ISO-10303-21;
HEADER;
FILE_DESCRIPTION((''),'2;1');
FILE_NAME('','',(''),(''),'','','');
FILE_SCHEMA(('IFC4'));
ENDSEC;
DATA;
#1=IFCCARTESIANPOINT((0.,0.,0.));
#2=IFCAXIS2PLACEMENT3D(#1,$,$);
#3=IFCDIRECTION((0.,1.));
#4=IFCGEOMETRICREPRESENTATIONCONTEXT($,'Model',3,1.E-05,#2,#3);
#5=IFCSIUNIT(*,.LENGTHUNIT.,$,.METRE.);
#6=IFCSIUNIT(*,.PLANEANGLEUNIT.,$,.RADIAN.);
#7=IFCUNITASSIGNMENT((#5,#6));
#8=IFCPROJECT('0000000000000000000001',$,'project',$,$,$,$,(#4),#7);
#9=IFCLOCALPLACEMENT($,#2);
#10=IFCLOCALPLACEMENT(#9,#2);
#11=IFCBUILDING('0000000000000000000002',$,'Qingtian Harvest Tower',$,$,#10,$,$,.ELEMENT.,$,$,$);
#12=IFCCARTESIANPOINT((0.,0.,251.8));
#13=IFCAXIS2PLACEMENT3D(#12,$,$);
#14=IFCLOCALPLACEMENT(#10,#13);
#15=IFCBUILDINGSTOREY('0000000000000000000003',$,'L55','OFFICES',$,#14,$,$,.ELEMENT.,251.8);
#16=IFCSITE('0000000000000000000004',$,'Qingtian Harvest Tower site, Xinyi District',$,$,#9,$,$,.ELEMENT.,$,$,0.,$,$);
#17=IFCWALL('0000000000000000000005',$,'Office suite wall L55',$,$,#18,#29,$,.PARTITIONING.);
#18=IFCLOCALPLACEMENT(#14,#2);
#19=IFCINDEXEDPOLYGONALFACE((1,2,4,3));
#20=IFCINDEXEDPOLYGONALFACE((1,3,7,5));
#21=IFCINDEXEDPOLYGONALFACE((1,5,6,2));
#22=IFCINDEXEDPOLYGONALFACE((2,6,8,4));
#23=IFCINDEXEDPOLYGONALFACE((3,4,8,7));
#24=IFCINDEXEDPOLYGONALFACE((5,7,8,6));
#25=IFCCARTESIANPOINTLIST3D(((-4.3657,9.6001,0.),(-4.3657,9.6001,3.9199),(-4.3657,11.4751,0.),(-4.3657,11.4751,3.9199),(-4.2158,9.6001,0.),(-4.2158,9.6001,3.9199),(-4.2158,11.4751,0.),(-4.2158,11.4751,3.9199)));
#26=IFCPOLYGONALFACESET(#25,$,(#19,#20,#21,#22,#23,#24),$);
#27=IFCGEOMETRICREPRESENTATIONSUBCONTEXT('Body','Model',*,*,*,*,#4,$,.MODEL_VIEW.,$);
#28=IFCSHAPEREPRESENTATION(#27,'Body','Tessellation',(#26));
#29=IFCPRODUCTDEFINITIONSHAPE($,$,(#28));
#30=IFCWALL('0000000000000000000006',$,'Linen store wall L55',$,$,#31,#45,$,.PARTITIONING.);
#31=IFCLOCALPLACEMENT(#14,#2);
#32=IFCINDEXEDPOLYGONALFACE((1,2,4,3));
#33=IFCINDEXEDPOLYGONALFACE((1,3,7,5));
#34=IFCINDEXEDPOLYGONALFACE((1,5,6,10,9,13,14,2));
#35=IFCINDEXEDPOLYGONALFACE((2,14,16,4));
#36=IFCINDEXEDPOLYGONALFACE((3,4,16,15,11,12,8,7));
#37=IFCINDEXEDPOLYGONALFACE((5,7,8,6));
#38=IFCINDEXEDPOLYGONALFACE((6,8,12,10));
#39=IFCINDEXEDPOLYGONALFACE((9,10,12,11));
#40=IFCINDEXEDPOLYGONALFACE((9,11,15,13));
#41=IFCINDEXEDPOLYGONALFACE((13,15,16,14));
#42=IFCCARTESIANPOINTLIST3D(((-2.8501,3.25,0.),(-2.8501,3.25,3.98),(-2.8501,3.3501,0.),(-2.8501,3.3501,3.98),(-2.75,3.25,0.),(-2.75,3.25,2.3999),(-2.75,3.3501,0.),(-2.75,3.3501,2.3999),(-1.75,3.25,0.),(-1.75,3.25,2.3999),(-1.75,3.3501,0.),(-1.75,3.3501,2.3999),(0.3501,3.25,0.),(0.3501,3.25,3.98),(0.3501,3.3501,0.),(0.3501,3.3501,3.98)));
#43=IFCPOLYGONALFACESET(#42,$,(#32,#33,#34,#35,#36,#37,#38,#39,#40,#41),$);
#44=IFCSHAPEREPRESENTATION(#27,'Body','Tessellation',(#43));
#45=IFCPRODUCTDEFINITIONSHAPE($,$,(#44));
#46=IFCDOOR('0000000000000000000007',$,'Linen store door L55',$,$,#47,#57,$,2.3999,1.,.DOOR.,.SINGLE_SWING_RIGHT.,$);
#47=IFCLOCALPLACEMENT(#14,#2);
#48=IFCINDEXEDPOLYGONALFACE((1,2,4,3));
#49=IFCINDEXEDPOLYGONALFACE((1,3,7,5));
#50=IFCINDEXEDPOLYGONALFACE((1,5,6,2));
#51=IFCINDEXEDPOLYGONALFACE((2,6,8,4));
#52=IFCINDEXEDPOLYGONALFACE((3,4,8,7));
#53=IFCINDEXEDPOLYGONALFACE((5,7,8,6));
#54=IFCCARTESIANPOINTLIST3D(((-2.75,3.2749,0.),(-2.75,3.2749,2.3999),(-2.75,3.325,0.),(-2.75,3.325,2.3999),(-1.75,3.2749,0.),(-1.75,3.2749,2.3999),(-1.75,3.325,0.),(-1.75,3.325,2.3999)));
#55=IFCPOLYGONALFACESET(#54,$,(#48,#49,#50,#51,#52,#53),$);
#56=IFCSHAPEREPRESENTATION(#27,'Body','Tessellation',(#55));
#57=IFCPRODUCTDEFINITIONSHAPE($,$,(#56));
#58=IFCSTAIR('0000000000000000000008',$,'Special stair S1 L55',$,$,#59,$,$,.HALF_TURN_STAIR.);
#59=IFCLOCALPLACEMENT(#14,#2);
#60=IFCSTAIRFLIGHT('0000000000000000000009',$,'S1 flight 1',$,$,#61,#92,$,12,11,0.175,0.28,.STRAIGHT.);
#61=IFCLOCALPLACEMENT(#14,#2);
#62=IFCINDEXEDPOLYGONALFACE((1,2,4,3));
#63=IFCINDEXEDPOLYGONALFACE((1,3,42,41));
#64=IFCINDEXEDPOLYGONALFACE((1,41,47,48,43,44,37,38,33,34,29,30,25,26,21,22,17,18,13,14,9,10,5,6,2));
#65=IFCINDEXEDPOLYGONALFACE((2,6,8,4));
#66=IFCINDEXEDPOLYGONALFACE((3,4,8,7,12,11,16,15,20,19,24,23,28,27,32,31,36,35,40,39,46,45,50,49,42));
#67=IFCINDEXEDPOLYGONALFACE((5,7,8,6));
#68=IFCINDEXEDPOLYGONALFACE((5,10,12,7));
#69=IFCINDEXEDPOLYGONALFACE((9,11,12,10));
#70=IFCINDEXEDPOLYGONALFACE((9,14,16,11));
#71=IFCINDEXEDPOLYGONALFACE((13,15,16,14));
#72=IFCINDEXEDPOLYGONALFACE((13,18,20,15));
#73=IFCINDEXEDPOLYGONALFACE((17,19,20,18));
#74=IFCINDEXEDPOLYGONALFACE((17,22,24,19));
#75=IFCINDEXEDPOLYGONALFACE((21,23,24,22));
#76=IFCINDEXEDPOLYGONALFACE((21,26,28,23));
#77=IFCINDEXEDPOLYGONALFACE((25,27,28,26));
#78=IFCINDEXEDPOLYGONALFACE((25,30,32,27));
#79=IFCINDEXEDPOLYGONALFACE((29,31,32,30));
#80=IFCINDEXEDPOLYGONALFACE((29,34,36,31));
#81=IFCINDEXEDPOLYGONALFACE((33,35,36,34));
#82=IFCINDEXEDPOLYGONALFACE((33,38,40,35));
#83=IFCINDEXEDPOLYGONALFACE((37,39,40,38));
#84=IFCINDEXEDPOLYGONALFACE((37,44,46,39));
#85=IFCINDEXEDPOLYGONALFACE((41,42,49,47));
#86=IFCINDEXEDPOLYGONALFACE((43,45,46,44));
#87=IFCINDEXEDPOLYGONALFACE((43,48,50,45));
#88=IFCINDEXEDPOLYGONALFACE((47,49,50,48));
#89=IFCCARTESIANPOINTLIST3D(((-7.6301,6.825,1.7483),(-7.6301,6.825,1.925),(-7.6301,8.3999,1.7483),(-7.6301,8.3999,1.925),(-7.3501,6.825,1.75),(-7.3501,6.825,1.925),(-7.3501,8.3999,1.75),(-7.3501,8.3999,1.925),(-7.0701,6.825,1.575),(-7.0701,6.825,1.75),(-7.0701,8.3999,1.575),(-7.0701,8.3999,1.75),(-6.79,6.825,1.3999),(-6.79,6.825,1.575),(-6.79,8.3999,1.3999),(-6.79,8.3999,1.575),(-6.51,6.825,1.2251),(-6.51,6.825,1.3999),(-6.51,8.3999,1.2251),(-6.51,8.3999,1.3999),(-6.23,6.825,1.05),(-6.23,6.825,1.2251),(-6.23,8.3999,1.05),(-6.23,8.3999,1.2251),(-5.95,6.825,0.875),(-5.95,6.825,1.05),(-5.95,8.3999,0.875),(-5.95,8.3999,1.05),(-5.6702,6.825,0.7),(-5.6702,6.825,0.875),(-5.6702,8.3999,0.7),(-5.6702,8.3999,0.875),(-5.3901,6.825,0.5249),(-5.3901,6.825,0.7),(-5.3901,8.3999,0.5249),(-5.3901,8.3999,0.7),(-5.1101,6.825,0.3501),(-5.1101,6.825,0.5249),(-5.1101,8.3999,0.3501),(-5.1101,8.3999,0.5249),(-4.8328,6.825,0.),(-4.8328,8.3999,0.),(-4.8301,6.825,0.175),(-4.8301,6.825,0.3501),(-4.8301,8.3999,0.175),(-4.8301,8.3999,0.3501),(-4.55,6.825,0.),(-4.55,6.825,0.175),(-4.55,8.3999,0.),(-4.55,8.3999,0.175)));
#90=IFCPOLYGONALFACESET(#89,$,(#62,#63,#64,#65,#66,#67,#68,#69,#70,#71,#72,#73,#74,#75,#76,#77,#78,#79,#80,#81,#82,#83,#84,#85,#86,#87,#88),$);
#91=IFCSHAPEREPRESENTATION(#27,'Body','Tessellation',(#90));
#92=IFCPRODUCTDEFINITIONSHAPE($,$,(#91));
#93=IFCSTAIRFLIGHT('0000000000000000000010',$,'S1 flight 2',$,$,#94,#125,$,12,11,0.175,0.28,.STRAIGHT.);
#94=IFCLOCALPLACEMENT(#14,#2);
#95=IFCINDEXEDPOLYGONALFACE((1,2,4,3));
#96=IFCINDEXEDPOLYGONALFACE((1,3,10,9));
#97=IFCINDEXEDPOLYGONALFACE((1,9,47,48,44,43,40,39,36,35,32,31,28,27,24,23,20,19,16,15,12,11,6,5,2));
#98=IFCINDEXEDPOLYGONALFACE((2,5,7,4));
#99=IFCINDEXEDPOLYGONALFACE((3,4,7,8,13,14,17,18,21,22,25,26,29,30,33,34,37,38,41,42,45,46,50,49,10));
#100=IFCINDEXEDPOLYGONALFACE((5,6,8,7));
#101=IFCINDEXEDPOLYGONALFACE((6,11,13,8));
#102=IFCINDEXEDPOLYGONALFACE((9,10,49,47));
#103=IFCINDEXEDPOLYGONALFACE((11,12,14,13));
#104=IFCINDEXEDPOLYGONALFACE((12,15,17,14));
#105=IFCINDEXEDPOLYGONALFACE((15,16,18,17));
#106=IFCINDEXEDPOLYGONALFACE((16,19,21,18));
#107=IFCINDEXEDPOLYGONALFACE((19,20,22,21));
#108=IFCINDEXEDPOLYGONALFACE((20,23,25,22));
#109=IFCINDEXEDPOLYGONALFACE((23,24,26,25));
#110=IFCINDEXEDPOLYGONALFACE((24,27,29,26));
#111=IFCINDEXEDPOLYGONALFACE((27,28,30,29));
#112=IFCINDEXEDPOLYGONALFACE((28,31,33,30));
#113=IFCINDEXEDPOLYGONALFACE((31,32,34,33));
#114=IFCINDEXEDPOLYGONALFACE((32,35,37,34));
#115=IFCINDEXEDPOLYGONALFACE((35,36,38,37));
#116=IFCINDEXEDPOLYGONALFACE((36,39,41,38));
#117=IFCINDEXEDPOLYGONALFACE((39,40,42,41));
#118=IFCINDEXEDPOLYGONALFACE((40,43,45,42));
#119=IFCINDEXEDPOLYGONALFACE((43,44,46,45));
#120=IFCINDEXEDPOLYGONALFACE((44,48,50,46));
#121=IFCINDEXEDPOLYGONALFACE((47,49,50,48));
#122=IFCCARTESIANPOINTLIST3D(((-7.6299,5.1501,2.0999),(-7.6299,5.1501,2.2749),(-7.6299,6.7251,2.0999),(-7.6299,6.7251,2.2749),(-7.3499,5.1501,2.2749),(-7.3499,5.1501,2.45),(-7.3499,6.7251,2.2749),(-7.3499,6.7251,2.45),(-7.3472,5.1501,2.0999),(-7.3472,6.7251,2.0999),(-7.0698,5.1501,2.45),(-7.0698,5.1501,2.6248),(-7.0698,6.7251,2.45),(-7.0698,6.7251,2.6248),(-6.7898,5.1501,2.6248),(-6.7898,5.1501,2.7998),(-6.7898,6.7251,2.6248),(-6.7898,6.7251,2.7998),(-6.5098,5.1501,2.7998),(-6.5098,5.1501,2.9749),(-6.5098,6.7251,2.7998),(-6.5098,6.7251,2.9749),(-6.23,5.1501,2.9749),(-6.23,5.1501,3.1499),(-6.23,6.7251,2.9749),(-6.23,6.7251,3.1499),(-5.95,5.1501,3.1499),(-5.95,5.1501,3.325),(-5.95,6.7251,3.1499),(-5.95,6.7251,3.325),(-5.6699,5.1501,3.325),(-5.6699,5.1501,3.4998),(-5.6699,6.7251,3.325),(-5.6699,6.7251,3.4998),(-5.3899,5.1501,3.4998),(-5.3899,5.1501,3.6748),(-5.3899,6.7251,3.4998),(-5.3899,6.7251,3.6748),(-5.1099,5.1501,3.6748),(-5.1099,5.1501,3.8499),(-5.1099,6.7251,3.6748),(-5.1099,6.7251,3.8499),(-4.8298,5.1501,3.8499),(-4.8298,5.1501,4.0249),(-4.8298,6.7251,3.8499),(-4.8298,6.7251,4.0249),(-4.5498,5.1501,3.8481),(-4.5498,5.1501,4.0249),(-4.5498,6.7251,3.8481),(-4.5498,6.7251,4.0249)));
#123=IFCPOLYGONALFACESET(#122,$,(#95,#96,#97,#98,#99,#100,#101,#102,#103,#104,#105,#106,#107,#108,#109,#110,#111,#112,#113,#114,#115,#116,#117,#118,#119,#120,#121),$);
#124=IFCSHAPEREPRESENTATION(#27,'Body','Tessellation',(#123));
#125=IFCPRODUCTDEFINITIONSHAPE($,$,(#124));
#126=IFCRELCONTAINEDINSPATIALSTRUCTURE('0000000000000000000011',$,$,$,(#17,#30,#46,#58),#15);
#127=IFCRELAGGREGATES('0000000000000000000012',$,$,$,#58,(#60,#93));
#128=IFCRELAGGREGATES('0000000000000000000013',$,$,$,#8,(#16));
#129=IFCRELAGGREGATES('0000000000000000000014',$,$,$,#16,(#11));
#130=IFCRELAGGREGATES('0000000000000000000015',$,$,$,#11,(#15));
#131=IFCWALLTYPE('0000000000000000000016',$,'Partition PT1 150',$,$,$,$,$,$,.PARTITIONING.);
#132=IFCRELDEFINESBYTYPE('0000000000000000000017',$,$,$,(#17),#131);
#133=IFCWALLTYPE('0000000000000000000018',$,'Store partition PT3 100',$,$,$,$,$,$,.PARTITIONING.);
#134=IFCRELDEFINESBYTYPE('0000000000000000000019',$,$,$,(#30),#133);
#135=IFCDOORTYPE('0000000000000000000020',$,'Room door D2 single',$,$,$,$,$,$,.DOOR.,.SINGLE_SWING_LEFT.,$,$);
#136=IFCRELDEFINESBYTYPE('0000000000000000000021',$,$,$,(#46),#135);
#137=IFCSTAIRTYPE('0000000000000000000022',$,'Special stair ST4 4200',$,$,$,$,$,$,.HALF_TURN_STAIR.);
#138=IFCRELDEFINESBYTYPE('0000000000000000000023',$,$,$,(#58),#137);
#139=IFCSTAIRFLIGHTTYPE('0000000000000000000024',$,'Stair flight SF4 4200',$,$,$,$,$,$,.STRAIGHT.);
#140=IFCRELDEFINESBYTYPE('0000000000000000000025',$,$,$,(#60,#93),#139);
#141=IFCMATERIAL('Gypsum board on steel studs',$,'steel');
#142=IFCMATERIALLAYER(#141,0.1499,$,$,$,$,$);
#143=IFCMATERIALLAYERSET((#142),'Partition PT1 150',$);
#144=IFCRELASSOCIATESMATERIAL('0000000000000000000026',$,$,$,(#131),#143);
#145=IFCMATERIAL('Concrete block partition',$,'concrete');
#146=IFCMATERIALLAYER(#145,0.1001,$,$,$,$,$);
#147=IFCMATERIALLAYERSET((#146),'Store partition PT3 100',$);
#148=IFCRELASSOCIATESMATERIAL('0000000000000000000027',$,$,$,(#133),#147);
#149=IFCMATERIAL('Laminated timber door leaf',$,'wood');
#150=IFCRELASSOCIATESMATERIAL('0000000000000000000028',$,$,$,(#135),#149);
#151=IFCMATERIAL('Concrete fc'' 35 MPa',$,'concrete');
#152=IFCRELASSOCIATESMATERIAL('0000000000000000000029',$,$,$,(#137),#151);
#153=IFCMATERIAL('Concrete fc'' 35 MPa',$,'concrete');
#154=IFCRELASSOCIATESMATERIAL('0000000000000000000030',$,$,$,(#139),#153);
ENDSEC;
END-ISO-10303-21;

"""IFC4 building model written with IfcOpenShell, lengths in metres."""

from ifc_helpers import new_model, si_unit, direction, frame, frame_2d, origin, place, context, subcontext, project, spatial, polyline, rectangle, outline, extrude, material, layer, layer_set, type_object, element, fill, aggregate, save


model = new_model("IFC4")

# Units and contexts
model_context = context("Model", 3, precision=1e-05, world=origin(), true_north=direction((0.0, 1.0)))
body_context = subcontext(model_context, "Body", "Model", "MODEL_VIEW")
ifc_project = project(units=[si_unit("LENGTHUNIT", "METRE"), si_unit("PLANEANGLEUNIT", "RADIAN")], contexts=[model_context])

# Site, building, storey
site_placement = place(None, origin())
site = spatial("IfcSite", under=ifc_project, at=site_placement, Name="Qingtian Harvest Tower site, Xinyi District", CompositionType="ELEMENT", RefElevation=0.0)
building_placement = place(site_placement, origin())
building = spatial("IfcBuilding", under=site, at=building_placement, Name="Qingtian Harvest Tower", CompositionType="ELEMENT")
storey_placement = place(building_placement, frame((0.0, 0.0, 251.8)))
storey = spatial("IfcBuildingStorey", under=building, at=storey_placement, Name="L55", Description="OFFICES", CompositionType="ELEMENT", Elevation=251.8)

# Wall
ifc_material_1 = material(Name="Gypsum board on steel studs", Category="steel")
ifc_layer_1 = layer(ifc_material_1, 0.1499)
ifc_layer_set_1 = layer_set([ifc_layer_1], Name="Partition PT1 150")
wall_type_1 = type_object("IfcWallType", Name="Partition PT1 150", PredefinedType="PARTITIONING", material=ifc_layer_set_1)
wall_1_placement = place(storey_placement, frame((-4.2908, 9.6001, 0.0), z_axis=(0.0, 0.0, 1.0), x_axis=(0.0, 1.0, 0.0)))
element("IfcWall", 1, at=wall_1_placement, inside=storey, type_object=wall_type_1, Name="Office suite wall L55", PredefinedType="PARTITIONING", context=body_context, shape_type="SweptSolid", body=[
    extrude(rectangle(XDim=1.875, YDim=0.1499, at=frame_2d((0.9375, 0.0))), origin(), (0.0, 0.0, 1.0), 3.9199),
])

# Wall, opening, door
ifc_material_2 = material(Name="Concrete block partition", Category="concrete")
ifc_layer_2 = layer(ifc_material_2, 0.1001)
ifc_layer_set_2 = layer_set([ifc_layer_2], Name="Store partition PT3 100")
wall_type_2 = type_object("IfcWallType", Name="Store partition PT3 100", PredefinedType="PARTITIONING", material=ifc_layer_set_2)
wall_2_placement = place(storey_placement, frame((-2.8501, 3.3, 0.0), z_axis=(0.0, 0.0, 1.0), x_axis=(1.0, 0.0, 0.0)))
wall_2 = element("IfcWall", 2, at=wall_2_placement, inside=storey, type_object=wall_type_2, Name="Linen store wall L55", PredefinedType="PARTITIONING", context=body_context, shape_type="SweptSolid", body=[
    extrude(rectangle(XDim=3.2002, YDim=0.1001, at=frame_2d((1.6001, 0.0))), origin(), (0.0, 0.0, 1.0), 3.98),
])
opening_1_placement = place(wall_2_placement, frame((0.1001, 0.0, 0.0)))
opening_1 = element("IfcOpeningElement", 3, at=opening_1_placement, cuts=wall_2, PredefinedType="OPENING", context=body_context, shape_type="SweptSolid", body=[
    extrude(rectangle(XDim=1.0, YDim=2.3999, at=frame_2d((0.5, 1.2))), frame((0.0, 0.0601, 0.0), z_axis=(0.0, -1.0, 0.0), x_axis=(1.0, 0.0, 0.0)), (0.0, 0.0, 1.0), 0.1201),
])
ifc_material_3 = material(Name="Laminated timber door leaf", Category="wood")
door_type_1 = type_object("IfcDoorType", Name="Room door D2 single", OperationType="SINGLE_SWING_LEFT", PredefinedType="DOOR", material=ifc_material_3)
door_1_placement = place(opening_1_placement, origin())
door_1 = element("IfcDoor", 4, at=door_1_placement, inside=storey, type_object=door_type_1, Name="Linen store door L55", OperationType="SINGLE_SWING_RIGHT", OverallHeight=2.3999, OverallWidth=1.0, PredefinedType="DOOR", context=body_context, shape_type="SweptSolid", body=[
    extrude(rectangle(XDim=1.0, YDim=2.3999, at=frame_2d((0.5, 1.2))), frame((0.0, 0.0249, 0.0), z_axis=(0.0, -1.0, 0.0), x_axis=(1.0, 0.0, 0.0)), (0.0, 0.0, 1.0), 0.05),
])
fill(opening_1, door_1)

# Stair, stair flights
ifc_material_4 = material(Name="Concrete fc' 35 MPa", Category="concrete")
stair_type = type_object("IfcStairType", Name="Special stair ST4 4200", PredefinedType="HALF_TURN_STAIR", material=ifc_material_4)
stair_placement = place(storey_placement, origin())
stair = element("IfcStair", 5, at=stair_placement, inside=storey, type_object=stair_type, Name="Special stair S1 L55", PredefinedType="HALF_TURN_STAIR")
ifc_material_5 = material(Name="Concrete fc' 35 MPa", Category="concrete")
stair_flight_type = type_object("IfcStairFlightType", Name="Stair flight SF4 4200", PredefinedType="STRAIGHT", material=ifc_material_5)
stair_flight_1_placement = place(storey_placement, frame((-4.55, 7.6125, 0.0), z_axis=(0.0, 0.0, 1.0), x_axis=(-1.0, 0.0, 0.0)))
stair_flight_1 = element("IfcStairFlight", 6, at=stair_flight_1_placement, type_object=stair_flight_type, Name="S1 flight 1", NumberOfRisers=12, NumberOfTreads=11, PredefinedType="STRAIGHT", RiserHeight=0.175, TreadLength=0.28, context=body_context, shape_type="SweptSolid", body=[
    extrude(outline(polyline([(0.0, 0.0), (0.0, 0.175), (0.28, 0.175), (0.28, 0.3501), (0.5601, 0.3501), (0.5601, 0.5249), (0.8401, 0.5249), (0.8401, 0.7), (1.1201, 0.7), (1.1201, 0.875), (1.3999, 0.875), (1.3999, 1.05), (1.6799, 1.05), (1.6799, 1.2251), (1.96, 1.2251), (1.96, 1.3999), (2.24, 1.3999), (2.24, 1.575), (2.52, 1.575), (2.52, 1.75), (2.8, 1.75), (2.8, 1.925), (3.0801, 1.925), (3.0801, 2.1001), (3.0801, 1.7483), (0.2827, 0.0), (0.0, 0.0)])), frame((0.0, 0.7876, 0.0), z_axis=(0.0, -1.0, 0.0), x_axis=(1.0, 0.0, 0.0)), (0.0, 0.0, 1.0), 1.575),
])
stair_flight_2_placement = place(storey_placement, frame((-7.6299, 5.9375, 2.0999), z_axis=(0.0, 0.0, 1.0), x_axis=(1.0, 0.0, 0.0)))
stair_flight_2 = element("IfcStairFlight", 7, at=stair_flight_2_placement, type_object=stair_flight_type, Name="S1 flight 2", NumberOfRisers=12, NumberOfTreads=11, PredefinedType="STRAIGHT", RiserHeight=0.175, TreadLength=0.28, context=body_context, shape_type="SweptSolid", body=[
    extrude(outline(polyline([(0.0, 0.0), (0.0, 0.175), (0.28, 0.175), (0.28, 0.3501), (0.5601, 0.3501), (0.5601, 0.5249), (0.8401, 0.5249), (0.8401, 0.7), (1.1201, 0.7), (1.1201, 0.875), (1.3999, 0.875), (1.3999, 1.05), (1.6799, 1.05), (1.6799, 1.2251), (1.96, 1.2251), (1.96, 1.3999), (2.24, 1.3999), (2.24, 1.575), (2.52, 1.575), (2.52, 1.75), (2.8, 1.75), (2.8, 1.925), (3.0801, 1.925), (3.0801, 2.1001), (3.0801, 1.7483), (0.2827, 0.0), (0.0, 0.0)])), frame((0.0, 0.7876, 0.0), z_axis=(0.0, -1.0, 0.0), x_axis=(1.0, 0.0, 0.0)), (0.0, 0.0, 1.0), 1.575),
])
aggregate(stair, [stair_flight_1, stair_flight_2])

save(model, "model.ifc")
